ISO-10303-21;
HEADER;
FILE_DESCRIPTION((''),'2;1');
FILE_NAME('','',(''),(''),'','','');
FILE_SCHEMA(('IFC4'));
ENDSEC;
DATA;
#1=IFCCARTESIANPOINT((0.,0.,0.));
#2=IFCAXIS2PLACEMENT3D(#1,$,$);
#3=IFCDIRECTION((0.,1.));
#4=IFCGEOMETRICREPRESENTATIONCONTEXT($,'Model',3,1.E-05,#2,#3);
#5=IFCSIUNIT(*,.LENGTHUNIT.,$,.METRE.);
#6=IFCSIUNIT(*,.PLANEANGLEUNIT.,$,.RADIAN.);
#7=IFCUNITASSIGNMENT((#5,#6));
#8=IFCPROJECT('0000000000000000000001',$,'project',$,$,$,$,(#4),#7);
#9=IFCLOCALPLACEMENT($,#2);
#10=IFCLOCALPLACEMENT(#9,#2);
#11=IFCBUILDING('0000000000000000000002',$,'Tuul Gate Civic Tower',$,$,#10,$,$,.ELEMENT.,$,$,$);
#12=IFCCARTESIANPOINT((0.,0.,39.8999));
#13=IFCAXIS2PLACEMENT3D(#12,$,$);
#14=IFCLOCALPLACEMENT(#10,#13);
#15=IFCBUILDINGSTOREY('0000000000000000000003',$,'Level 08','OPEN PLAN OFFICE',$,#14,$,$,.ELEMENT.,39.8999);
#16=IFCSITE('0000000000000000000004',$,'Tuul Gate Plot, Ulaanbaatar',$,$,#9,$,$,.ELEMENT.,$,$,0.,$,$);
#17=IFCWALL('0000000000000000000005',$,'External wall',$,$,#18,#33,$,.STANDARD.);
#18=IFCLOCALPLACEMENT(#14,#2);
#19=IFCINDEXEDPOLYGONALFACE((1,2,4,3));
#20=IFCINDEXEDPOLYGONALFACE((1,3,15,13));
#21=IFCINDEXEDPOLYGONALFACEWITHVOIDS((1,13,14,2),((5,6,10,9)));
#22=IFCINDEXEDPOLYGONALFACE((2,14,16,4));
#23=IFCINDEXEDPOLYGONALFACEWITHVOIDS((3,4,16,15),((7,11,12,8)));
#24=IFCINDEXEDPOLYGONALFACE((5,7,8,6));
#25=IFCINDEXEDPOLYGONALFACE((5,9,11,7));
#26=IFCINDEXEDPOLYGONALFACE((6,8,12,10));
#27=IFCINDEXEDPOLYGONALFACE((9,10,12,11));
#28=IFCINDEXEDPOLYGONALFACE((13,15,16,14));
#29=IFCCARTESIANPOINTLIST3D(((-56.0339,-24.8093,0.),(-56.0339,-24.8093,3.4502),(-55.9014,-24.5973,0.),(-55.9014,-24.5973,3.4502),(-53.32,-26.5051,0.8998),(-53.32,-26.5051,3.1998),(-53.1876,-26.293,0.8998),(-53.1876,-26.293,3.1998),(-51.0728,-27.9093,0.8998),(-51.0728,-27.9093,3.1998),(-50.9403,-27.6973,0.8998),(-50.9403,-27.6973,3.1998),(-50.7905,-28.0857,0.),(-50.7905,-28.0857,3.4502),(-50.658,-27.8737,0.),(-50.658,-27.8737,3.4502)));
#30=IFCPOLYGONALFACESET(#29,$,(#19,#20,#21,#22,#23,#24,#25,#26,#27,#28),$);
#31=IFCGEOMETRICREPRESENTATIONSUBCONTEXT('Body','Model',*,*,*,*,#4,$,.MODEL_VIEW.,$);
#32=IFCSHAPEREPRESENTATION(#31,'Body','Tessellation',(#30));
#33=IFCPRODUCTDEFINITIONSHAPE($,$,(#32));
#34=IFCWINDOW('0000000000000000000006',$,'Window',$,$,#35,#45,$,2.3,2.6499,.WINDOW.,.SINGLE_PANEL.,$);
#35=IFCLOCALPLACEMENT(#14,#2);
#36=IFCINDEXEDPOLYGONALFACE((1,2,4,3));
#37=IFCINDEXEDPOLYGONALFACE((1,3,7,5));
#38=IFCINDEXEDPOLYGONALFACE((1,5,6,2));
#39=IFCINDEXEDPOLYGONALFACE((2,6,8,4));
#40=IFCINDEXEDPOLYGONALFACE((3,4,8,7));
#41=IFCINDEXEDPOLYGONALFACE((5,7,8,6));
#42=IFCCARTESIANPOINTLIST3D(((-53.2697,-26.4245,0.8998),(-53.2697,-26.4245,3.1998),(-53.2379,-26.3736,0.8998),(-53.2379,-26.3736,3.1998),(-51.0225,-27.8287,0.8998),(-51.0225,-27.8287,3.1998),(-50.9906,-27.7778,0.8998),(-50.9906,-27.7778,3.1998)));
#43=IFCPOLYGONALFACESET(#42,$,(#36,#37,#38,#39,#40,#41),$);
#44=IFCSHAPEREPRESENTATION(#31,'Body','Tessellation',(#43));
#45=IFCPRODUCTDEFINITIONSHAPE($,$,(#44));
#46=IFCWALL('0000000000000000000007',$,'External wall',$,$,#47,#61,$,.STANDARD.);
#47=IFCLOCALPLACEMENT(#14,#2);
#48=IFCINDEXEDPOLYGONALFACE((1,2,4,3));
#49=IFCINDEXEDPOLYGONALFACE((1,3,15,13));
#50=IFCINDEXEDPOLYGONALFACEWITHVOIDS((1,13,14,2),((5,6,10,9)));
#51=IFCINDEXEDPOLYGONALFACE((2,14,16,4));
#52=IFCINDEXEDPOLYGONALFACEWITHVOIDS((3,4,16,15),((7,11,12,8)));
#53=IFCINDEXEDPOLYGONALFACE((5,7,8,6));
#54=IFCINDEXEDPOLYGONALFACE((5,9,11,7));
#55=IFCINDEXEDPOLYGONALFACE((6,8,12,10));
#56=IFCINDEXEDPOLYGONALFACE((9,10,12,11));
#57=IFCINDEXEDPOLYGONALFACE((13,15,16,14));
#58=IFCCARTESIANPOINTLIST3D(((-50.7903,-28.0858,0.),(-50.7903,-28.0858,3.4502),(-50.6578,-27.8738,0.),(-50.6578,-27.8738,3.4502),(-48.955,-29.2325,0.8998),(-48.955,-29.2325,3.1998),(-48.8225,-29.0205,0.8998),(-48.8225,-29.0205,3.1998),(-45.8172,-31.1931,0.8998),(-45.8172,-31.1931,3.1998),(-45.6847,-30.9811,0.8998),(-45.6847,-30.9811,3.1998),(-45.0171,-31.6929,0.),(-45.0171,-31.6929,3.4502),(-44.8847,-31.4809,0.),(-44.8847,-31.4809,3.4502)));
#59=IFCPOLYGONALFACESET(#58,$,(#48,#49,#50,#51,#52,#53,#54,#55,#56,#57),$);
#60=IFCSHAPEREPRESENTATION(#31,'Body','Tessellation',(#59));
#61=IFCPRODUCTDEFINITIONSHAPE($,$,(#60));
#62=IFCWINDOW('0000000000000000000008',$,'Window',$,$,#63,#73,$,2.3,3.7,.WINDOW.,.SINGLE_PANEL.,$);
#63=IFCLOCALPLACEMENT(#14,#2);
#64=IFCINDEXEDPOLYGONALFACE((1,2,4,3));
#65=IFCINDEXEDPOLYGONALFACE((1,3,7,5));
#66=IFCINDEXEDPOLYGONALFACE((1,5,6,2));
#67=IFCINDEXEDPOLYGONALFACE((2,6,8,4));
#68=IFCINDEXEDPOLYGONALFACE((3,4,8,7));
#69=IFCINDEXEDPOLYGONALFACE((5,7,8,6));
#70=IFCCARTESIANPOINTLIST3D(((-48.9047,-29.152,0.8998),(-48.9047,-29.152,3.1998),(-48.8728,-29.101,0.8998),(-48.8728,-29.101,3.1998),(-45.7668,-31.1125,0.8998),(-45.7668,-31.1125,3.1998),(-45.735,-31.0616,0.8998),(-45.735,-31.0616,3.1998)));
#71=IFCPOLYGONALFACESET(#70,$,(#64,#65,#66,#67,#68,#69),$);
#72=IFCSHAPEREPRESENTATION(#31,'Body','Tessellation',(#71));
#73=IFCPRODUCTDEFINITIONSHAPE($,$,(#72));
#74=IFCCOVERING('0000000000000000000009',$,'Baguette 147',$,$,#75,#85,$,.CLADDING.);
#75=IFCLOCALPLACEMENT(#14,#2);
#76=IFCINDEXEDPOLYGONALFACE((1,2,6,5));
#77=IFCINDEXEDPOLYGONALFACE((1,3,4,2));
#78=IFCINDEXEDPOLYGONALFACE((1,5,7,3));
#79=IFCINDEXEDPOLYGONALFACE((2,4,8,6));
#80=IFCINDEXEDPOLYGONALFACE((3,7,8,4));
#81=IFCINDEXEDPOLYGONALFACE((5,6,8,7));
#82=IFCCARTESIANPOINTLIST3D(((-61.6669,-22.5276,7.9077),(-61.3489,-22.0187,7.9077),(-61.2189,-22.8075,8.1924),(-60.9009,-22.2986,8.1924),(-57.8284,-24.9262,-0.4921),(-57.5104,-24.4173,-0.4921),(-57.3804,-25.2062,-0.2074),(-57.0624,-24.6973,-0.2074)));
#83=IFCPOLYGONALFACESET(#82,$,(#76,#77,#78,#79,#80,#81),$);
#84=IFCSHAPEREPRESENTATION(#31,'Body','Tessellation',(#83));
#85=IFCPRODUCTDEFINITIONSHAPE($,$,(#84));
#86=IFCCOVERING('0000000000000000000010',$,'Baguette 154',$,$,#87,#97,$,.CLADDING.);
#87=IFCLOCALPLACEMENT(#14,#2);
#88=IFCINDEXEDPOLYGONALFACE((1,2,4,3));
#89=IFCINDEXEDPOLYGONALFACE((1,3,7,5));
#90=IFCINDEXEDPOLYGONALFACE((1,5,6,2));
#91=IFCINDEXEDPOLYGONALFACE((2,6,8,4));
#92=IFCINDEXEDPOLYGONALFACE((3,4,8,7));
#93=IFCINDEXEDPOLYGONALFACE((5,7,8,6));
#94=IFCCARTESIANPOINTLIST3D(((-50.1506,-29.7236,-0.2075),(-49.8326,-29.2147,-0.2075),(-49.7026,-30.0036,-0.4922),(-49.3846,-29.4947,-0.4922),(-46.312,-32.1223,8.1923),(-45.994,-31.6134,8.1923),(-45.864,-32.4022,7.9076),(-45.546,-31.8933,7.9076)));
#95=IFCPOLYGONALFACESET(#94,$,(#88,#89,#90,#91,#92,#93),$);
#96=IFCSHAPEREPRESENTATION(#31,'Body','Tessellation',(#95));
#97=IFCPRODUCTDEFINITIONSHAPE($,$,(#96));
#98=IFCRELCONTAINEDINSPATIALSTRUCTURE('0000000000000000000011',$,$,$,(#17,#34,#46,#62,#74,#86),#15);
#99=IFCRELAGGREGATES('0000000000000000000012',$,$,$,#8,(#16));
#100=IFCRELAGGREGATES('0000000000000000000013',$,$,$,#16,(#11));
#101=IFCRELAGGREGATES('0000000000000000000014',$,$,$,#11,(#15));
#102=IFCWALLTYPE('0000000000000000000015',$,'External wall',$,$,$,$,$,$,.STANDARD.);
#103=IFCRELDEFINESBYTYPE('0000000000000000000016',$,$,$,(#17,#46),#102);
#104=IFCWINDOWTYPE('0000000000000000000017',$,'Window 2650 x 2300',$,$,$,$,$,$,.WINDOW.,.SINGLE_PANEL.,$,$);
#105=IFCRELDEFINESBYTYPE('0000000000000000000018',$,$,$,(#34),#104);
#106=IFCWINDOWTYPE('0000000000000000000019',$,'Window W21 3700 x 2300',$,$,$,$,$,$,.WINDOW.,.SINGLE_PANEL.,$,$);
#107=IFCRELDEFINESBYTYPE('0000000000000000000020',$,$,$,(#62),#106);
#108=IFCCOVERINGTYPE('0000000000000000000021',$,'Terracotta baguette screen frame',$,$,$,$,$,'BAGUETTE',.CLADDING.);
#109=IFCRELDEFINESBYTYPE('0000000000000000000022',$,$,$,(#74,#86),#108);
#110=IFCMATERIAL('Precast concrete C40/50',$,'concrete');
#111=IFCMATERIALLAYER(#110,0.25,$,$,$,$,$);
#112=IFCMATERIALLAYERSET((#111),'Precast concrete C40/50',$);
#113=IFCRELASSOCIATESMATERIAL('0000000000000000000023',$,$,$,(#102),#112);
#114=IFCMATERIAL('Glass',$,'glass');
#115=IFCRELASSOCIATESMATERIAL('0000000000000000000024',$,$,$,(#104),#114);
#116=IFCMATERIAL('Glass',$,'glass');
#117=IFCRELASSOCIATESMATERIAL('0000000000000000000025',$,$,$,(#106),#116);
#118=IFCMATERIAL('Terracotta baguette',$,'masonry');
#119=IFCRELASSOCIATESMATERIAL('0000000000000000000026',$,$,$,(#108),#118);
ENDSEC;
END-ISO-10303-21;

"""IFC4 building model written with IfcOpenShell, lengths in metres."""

from ifc_helpers import new_model, si_unit, direction, frame, frame_2d, origin, origin_2d, place, context, subcontext, project, spatial, rectangle, extrude, material, layer, layer_set, material_profile, profile_set, type_object, element, fill, save


model = new_model("IFC4")

# Units and contexts
model_context = context("Model", 3, precision=1e-05, world=origin(), true_north=direction((0.0, 1.0)))
body_context = subcontext(model_context, "Body", "Model", "MODEL_VIEW")
ifc_project = project(units=[si_unit("LENGTHUNIT", "METRE"), si_unit("PLANEANGLEUNIT", "RADIAN")], contexts=[model_context])

# Site, building, storey
site_placement = place(None, origin())
site = spatial("IfcSite", under=ifc_project, at=site_placement, Name="Tuul Gate Plot, Ulaanbaatar", CompositionType="ELEMENT", RefElevation=0.0)
building_placement = place(site_placement, origin())
building = spatial("IfcBuilding", under=site, at=building_placement, Name="Tuul Gate Civic Tower", CompositionType="ELEMENT")
storey_placement = place(building_placement, frame((0.0, 0.0, 39.8999)))
storey = spatial("IfcBuildingStorey", under=building, at=storey_placement, Name="Level 08", Description="OPEN PLAN OFFICE", CompositionType="ELEMENT", Elevation=39.8999)

# Shared definitions
ifc_material_1 = material(Name="Precast concrete C40/50", Category="concrete")
ifc_layer_1 = layer(ifc_material_1, 0.25)
ifc_layer_set_1 = layer_set([ifc_layer_1], Name="Precast concrete C40/50")
wall_type_1 = type_object("IfcWallType", Name="External wall", PredefinedType="STANDARD", material=ifc_layer_set_1)

# Walls, openings, windows
wall_1_placement = place(storey_placement, frame((-55.9675, -24.7034, 0.0), z_axis=(0.0, 0.0, 1.0), x_axis=(0.848054, -0.52991, 0.0)))
wall_1 = element("IfcWall", 1, at=wall_1_placement, inside=storey, type_object=wall_type_1, Name="External wall", PredefinedType="STANDARD", context=body_context, shape_type="SweptSolid", body=[
    extrude(rectangle(XDim=6.1829, YDim=0.25, at=frame_2d((3.0913, 0.0))), origin(), (0.0, 0.0, 1.0), 3.4502),
])
opening_1_placement = place(wall_1_placement, frame((3.2, 0.0, 0.8999)))
opening_1 = element("IfcOpeningElement", 2, at=opening_1_placement, cuts=wall_1, PredefinedType="OPENING", context=body_context, shape_type="SweptSolid", body=[
    extrude(rectangle(XDim=2.6499, YDim=2.3, at=frame_2d((1.325, 1.1499))), frame((0.0, 0.135, 0.0), z_axis=(0.0, -1.0, 0.0), x_axis=(1.0, 0.0, 0.0)), (0.0, 0.0, 1.0), 0.27),
])
ifc_material_2 = material(Name="Glass", Category="glass")
window_type_1 = type_object("IfcWindowType", Name="Window 2650 x 2300", PartitioningType="SINGLE_PANEL", PredefinedType="WINDOW", material=ifc_material_2)
window_1_placement = place(opening_1_placement, origin())
window_1 = element("IfcWindow", 3, at=window_1_placement, inside=storey, type_object=window_type_1, Name="Window", OverallHeight=2.3, OverallWidth=2.6499, PartitioningType="SINGLE_PANEL", PredefinedType="WINDOW", context=body_context, shape_type="SweptSolid", body=[
    extrude(rectangle(XDim=2.6499, YDim=2.3, at=frame_2d((1.325, 1.1499))), frame((0.0, 0.03, 0.0), z_axis=(0.0, -1.0, 0.0), x_axis=(1.0, 0.0, 0.0)), (0.0, 0.0, 1.0), 0.0601),
])
fill(opening_1, window_1)
wall_2_placement = place(storey_placement, frame((-50.7241, -27.9797, 0.0), z_axis=(0.0, 0.0, 1.0), x_axis=(0.848069, -0.529886, 0.0)))
wall_2 = element("IfcWall", 4, at=wall_2_placement, inside=storey, type_object=wall_type_1, Name="External wall", PredefinedType="STANDARD", context=body_context, shape_type="SweptSolid", body=[
    extrude(rectangle(XDim=6.8074, YDim=0.25, at=frame_2d((3.4038, 0.0))), origin(), (0.0, 0.0, 1.0), 3.4502),
])
opening_2_placement = place(wall_2_placement, frame((2.1641, 0.0, 0.8999)))
opening_2 = element("IfcOpeningElement", 5, at=opening_2_placement, cuts=wall_2, PredefinedType="OPENING", context=body_context, shape_type="SweptSolid", body=[
    extrude(rectangle(XDim=3.7, YDim=2.3, at=frame_2d((1.8501, 1.1499))), frame((0.0, 0.135, 0.0), z_axis=(0.0, -1.0, 0.0), x_axis=(1.0, 0.0, 0.0)), (0.0, 0.0, 1.0), 0.27),
])
ifc_material_3 = material(Name="Glass", Category="glass")
window_type_2 = type_object("IfcWindowType", Name="Window W21 3700 x 2300", PartitioningType="SINGLE_PANEL", PredefinedType="WINDOW", material=ifc_material_3)
window_2_placement = place(opening_2_placement, origin())
window_2 = element("IfcWindow", 6, at=window_2_placement, inside=storey, type_object=window_type_2, Name="Window", OverallHeight=2.3, OverallWidth=3.7, PartitioningType="SINGLE_PANEL", PredefinedType="WINDOW", context=body_context, shape_type="SweptSolid", body=[
    extrude(rectangle(XDim=3.7, YDim=2.3, at=frame_2d((1.8501, 1.1499))), frame((0.0, 0.03, 0.0), z_axis=(0.0, -1.0, 0.0), x_axis=(1.0, 0.0, 0.0)), (0.0, 0.0, 1.0), 0.0601),
])
fill(opening_2, window_2)

# Coverings
ifc_material_4 = material(Name="Terracotta baguette", Category="masonry")
ifc_material_profile_1 = material_profile(ifc_material_4, rectangle(XDim=0.6001, YDim=0.6001, at=origin_2d()), Name="Terracotta baguette screen frame")
ifc_profile_set_1 = profile_set([ifc_material_profile_1], Name="Terracotta baguette")
covering_type = type_object("IfcCoveringType", Name="Terracotta baguette screen frame", ElementType="BAGUETTE", PredefinedType="CLADDING", material=ifc_profile_set_1)
for number, where, z_axis, x_axis, name in (
    (7, (-61.2839, -22.4131, 8.05), (0.402293, -0.251385, -0.880321), (0.529926, 0.848044, 0.0), "Baguette 147"),
    (8, (-49.7676, -29.6091, -0.3499), (0.402293, -0.251385, 0.880321), (0.529926, 0.848044, 0.0), "Baguette 154"),
):
    element("IfcCovering", number, at=place(storey_placement, frame(where, z_axis=z_axis, x_axis=x_axis)), inside=storey, type_object=covering_type, Name=name, PredefinedType="CLADDING", context=body_context, shape_type="SweptSolid", body=[
        extrude(rectangle(XDim=0.6001, YDim=0.6001, at=origin_2d()), origin(), (0.0, 0.0, 1.0), 9.5417),
    ])

save(model, "model.ifc")
